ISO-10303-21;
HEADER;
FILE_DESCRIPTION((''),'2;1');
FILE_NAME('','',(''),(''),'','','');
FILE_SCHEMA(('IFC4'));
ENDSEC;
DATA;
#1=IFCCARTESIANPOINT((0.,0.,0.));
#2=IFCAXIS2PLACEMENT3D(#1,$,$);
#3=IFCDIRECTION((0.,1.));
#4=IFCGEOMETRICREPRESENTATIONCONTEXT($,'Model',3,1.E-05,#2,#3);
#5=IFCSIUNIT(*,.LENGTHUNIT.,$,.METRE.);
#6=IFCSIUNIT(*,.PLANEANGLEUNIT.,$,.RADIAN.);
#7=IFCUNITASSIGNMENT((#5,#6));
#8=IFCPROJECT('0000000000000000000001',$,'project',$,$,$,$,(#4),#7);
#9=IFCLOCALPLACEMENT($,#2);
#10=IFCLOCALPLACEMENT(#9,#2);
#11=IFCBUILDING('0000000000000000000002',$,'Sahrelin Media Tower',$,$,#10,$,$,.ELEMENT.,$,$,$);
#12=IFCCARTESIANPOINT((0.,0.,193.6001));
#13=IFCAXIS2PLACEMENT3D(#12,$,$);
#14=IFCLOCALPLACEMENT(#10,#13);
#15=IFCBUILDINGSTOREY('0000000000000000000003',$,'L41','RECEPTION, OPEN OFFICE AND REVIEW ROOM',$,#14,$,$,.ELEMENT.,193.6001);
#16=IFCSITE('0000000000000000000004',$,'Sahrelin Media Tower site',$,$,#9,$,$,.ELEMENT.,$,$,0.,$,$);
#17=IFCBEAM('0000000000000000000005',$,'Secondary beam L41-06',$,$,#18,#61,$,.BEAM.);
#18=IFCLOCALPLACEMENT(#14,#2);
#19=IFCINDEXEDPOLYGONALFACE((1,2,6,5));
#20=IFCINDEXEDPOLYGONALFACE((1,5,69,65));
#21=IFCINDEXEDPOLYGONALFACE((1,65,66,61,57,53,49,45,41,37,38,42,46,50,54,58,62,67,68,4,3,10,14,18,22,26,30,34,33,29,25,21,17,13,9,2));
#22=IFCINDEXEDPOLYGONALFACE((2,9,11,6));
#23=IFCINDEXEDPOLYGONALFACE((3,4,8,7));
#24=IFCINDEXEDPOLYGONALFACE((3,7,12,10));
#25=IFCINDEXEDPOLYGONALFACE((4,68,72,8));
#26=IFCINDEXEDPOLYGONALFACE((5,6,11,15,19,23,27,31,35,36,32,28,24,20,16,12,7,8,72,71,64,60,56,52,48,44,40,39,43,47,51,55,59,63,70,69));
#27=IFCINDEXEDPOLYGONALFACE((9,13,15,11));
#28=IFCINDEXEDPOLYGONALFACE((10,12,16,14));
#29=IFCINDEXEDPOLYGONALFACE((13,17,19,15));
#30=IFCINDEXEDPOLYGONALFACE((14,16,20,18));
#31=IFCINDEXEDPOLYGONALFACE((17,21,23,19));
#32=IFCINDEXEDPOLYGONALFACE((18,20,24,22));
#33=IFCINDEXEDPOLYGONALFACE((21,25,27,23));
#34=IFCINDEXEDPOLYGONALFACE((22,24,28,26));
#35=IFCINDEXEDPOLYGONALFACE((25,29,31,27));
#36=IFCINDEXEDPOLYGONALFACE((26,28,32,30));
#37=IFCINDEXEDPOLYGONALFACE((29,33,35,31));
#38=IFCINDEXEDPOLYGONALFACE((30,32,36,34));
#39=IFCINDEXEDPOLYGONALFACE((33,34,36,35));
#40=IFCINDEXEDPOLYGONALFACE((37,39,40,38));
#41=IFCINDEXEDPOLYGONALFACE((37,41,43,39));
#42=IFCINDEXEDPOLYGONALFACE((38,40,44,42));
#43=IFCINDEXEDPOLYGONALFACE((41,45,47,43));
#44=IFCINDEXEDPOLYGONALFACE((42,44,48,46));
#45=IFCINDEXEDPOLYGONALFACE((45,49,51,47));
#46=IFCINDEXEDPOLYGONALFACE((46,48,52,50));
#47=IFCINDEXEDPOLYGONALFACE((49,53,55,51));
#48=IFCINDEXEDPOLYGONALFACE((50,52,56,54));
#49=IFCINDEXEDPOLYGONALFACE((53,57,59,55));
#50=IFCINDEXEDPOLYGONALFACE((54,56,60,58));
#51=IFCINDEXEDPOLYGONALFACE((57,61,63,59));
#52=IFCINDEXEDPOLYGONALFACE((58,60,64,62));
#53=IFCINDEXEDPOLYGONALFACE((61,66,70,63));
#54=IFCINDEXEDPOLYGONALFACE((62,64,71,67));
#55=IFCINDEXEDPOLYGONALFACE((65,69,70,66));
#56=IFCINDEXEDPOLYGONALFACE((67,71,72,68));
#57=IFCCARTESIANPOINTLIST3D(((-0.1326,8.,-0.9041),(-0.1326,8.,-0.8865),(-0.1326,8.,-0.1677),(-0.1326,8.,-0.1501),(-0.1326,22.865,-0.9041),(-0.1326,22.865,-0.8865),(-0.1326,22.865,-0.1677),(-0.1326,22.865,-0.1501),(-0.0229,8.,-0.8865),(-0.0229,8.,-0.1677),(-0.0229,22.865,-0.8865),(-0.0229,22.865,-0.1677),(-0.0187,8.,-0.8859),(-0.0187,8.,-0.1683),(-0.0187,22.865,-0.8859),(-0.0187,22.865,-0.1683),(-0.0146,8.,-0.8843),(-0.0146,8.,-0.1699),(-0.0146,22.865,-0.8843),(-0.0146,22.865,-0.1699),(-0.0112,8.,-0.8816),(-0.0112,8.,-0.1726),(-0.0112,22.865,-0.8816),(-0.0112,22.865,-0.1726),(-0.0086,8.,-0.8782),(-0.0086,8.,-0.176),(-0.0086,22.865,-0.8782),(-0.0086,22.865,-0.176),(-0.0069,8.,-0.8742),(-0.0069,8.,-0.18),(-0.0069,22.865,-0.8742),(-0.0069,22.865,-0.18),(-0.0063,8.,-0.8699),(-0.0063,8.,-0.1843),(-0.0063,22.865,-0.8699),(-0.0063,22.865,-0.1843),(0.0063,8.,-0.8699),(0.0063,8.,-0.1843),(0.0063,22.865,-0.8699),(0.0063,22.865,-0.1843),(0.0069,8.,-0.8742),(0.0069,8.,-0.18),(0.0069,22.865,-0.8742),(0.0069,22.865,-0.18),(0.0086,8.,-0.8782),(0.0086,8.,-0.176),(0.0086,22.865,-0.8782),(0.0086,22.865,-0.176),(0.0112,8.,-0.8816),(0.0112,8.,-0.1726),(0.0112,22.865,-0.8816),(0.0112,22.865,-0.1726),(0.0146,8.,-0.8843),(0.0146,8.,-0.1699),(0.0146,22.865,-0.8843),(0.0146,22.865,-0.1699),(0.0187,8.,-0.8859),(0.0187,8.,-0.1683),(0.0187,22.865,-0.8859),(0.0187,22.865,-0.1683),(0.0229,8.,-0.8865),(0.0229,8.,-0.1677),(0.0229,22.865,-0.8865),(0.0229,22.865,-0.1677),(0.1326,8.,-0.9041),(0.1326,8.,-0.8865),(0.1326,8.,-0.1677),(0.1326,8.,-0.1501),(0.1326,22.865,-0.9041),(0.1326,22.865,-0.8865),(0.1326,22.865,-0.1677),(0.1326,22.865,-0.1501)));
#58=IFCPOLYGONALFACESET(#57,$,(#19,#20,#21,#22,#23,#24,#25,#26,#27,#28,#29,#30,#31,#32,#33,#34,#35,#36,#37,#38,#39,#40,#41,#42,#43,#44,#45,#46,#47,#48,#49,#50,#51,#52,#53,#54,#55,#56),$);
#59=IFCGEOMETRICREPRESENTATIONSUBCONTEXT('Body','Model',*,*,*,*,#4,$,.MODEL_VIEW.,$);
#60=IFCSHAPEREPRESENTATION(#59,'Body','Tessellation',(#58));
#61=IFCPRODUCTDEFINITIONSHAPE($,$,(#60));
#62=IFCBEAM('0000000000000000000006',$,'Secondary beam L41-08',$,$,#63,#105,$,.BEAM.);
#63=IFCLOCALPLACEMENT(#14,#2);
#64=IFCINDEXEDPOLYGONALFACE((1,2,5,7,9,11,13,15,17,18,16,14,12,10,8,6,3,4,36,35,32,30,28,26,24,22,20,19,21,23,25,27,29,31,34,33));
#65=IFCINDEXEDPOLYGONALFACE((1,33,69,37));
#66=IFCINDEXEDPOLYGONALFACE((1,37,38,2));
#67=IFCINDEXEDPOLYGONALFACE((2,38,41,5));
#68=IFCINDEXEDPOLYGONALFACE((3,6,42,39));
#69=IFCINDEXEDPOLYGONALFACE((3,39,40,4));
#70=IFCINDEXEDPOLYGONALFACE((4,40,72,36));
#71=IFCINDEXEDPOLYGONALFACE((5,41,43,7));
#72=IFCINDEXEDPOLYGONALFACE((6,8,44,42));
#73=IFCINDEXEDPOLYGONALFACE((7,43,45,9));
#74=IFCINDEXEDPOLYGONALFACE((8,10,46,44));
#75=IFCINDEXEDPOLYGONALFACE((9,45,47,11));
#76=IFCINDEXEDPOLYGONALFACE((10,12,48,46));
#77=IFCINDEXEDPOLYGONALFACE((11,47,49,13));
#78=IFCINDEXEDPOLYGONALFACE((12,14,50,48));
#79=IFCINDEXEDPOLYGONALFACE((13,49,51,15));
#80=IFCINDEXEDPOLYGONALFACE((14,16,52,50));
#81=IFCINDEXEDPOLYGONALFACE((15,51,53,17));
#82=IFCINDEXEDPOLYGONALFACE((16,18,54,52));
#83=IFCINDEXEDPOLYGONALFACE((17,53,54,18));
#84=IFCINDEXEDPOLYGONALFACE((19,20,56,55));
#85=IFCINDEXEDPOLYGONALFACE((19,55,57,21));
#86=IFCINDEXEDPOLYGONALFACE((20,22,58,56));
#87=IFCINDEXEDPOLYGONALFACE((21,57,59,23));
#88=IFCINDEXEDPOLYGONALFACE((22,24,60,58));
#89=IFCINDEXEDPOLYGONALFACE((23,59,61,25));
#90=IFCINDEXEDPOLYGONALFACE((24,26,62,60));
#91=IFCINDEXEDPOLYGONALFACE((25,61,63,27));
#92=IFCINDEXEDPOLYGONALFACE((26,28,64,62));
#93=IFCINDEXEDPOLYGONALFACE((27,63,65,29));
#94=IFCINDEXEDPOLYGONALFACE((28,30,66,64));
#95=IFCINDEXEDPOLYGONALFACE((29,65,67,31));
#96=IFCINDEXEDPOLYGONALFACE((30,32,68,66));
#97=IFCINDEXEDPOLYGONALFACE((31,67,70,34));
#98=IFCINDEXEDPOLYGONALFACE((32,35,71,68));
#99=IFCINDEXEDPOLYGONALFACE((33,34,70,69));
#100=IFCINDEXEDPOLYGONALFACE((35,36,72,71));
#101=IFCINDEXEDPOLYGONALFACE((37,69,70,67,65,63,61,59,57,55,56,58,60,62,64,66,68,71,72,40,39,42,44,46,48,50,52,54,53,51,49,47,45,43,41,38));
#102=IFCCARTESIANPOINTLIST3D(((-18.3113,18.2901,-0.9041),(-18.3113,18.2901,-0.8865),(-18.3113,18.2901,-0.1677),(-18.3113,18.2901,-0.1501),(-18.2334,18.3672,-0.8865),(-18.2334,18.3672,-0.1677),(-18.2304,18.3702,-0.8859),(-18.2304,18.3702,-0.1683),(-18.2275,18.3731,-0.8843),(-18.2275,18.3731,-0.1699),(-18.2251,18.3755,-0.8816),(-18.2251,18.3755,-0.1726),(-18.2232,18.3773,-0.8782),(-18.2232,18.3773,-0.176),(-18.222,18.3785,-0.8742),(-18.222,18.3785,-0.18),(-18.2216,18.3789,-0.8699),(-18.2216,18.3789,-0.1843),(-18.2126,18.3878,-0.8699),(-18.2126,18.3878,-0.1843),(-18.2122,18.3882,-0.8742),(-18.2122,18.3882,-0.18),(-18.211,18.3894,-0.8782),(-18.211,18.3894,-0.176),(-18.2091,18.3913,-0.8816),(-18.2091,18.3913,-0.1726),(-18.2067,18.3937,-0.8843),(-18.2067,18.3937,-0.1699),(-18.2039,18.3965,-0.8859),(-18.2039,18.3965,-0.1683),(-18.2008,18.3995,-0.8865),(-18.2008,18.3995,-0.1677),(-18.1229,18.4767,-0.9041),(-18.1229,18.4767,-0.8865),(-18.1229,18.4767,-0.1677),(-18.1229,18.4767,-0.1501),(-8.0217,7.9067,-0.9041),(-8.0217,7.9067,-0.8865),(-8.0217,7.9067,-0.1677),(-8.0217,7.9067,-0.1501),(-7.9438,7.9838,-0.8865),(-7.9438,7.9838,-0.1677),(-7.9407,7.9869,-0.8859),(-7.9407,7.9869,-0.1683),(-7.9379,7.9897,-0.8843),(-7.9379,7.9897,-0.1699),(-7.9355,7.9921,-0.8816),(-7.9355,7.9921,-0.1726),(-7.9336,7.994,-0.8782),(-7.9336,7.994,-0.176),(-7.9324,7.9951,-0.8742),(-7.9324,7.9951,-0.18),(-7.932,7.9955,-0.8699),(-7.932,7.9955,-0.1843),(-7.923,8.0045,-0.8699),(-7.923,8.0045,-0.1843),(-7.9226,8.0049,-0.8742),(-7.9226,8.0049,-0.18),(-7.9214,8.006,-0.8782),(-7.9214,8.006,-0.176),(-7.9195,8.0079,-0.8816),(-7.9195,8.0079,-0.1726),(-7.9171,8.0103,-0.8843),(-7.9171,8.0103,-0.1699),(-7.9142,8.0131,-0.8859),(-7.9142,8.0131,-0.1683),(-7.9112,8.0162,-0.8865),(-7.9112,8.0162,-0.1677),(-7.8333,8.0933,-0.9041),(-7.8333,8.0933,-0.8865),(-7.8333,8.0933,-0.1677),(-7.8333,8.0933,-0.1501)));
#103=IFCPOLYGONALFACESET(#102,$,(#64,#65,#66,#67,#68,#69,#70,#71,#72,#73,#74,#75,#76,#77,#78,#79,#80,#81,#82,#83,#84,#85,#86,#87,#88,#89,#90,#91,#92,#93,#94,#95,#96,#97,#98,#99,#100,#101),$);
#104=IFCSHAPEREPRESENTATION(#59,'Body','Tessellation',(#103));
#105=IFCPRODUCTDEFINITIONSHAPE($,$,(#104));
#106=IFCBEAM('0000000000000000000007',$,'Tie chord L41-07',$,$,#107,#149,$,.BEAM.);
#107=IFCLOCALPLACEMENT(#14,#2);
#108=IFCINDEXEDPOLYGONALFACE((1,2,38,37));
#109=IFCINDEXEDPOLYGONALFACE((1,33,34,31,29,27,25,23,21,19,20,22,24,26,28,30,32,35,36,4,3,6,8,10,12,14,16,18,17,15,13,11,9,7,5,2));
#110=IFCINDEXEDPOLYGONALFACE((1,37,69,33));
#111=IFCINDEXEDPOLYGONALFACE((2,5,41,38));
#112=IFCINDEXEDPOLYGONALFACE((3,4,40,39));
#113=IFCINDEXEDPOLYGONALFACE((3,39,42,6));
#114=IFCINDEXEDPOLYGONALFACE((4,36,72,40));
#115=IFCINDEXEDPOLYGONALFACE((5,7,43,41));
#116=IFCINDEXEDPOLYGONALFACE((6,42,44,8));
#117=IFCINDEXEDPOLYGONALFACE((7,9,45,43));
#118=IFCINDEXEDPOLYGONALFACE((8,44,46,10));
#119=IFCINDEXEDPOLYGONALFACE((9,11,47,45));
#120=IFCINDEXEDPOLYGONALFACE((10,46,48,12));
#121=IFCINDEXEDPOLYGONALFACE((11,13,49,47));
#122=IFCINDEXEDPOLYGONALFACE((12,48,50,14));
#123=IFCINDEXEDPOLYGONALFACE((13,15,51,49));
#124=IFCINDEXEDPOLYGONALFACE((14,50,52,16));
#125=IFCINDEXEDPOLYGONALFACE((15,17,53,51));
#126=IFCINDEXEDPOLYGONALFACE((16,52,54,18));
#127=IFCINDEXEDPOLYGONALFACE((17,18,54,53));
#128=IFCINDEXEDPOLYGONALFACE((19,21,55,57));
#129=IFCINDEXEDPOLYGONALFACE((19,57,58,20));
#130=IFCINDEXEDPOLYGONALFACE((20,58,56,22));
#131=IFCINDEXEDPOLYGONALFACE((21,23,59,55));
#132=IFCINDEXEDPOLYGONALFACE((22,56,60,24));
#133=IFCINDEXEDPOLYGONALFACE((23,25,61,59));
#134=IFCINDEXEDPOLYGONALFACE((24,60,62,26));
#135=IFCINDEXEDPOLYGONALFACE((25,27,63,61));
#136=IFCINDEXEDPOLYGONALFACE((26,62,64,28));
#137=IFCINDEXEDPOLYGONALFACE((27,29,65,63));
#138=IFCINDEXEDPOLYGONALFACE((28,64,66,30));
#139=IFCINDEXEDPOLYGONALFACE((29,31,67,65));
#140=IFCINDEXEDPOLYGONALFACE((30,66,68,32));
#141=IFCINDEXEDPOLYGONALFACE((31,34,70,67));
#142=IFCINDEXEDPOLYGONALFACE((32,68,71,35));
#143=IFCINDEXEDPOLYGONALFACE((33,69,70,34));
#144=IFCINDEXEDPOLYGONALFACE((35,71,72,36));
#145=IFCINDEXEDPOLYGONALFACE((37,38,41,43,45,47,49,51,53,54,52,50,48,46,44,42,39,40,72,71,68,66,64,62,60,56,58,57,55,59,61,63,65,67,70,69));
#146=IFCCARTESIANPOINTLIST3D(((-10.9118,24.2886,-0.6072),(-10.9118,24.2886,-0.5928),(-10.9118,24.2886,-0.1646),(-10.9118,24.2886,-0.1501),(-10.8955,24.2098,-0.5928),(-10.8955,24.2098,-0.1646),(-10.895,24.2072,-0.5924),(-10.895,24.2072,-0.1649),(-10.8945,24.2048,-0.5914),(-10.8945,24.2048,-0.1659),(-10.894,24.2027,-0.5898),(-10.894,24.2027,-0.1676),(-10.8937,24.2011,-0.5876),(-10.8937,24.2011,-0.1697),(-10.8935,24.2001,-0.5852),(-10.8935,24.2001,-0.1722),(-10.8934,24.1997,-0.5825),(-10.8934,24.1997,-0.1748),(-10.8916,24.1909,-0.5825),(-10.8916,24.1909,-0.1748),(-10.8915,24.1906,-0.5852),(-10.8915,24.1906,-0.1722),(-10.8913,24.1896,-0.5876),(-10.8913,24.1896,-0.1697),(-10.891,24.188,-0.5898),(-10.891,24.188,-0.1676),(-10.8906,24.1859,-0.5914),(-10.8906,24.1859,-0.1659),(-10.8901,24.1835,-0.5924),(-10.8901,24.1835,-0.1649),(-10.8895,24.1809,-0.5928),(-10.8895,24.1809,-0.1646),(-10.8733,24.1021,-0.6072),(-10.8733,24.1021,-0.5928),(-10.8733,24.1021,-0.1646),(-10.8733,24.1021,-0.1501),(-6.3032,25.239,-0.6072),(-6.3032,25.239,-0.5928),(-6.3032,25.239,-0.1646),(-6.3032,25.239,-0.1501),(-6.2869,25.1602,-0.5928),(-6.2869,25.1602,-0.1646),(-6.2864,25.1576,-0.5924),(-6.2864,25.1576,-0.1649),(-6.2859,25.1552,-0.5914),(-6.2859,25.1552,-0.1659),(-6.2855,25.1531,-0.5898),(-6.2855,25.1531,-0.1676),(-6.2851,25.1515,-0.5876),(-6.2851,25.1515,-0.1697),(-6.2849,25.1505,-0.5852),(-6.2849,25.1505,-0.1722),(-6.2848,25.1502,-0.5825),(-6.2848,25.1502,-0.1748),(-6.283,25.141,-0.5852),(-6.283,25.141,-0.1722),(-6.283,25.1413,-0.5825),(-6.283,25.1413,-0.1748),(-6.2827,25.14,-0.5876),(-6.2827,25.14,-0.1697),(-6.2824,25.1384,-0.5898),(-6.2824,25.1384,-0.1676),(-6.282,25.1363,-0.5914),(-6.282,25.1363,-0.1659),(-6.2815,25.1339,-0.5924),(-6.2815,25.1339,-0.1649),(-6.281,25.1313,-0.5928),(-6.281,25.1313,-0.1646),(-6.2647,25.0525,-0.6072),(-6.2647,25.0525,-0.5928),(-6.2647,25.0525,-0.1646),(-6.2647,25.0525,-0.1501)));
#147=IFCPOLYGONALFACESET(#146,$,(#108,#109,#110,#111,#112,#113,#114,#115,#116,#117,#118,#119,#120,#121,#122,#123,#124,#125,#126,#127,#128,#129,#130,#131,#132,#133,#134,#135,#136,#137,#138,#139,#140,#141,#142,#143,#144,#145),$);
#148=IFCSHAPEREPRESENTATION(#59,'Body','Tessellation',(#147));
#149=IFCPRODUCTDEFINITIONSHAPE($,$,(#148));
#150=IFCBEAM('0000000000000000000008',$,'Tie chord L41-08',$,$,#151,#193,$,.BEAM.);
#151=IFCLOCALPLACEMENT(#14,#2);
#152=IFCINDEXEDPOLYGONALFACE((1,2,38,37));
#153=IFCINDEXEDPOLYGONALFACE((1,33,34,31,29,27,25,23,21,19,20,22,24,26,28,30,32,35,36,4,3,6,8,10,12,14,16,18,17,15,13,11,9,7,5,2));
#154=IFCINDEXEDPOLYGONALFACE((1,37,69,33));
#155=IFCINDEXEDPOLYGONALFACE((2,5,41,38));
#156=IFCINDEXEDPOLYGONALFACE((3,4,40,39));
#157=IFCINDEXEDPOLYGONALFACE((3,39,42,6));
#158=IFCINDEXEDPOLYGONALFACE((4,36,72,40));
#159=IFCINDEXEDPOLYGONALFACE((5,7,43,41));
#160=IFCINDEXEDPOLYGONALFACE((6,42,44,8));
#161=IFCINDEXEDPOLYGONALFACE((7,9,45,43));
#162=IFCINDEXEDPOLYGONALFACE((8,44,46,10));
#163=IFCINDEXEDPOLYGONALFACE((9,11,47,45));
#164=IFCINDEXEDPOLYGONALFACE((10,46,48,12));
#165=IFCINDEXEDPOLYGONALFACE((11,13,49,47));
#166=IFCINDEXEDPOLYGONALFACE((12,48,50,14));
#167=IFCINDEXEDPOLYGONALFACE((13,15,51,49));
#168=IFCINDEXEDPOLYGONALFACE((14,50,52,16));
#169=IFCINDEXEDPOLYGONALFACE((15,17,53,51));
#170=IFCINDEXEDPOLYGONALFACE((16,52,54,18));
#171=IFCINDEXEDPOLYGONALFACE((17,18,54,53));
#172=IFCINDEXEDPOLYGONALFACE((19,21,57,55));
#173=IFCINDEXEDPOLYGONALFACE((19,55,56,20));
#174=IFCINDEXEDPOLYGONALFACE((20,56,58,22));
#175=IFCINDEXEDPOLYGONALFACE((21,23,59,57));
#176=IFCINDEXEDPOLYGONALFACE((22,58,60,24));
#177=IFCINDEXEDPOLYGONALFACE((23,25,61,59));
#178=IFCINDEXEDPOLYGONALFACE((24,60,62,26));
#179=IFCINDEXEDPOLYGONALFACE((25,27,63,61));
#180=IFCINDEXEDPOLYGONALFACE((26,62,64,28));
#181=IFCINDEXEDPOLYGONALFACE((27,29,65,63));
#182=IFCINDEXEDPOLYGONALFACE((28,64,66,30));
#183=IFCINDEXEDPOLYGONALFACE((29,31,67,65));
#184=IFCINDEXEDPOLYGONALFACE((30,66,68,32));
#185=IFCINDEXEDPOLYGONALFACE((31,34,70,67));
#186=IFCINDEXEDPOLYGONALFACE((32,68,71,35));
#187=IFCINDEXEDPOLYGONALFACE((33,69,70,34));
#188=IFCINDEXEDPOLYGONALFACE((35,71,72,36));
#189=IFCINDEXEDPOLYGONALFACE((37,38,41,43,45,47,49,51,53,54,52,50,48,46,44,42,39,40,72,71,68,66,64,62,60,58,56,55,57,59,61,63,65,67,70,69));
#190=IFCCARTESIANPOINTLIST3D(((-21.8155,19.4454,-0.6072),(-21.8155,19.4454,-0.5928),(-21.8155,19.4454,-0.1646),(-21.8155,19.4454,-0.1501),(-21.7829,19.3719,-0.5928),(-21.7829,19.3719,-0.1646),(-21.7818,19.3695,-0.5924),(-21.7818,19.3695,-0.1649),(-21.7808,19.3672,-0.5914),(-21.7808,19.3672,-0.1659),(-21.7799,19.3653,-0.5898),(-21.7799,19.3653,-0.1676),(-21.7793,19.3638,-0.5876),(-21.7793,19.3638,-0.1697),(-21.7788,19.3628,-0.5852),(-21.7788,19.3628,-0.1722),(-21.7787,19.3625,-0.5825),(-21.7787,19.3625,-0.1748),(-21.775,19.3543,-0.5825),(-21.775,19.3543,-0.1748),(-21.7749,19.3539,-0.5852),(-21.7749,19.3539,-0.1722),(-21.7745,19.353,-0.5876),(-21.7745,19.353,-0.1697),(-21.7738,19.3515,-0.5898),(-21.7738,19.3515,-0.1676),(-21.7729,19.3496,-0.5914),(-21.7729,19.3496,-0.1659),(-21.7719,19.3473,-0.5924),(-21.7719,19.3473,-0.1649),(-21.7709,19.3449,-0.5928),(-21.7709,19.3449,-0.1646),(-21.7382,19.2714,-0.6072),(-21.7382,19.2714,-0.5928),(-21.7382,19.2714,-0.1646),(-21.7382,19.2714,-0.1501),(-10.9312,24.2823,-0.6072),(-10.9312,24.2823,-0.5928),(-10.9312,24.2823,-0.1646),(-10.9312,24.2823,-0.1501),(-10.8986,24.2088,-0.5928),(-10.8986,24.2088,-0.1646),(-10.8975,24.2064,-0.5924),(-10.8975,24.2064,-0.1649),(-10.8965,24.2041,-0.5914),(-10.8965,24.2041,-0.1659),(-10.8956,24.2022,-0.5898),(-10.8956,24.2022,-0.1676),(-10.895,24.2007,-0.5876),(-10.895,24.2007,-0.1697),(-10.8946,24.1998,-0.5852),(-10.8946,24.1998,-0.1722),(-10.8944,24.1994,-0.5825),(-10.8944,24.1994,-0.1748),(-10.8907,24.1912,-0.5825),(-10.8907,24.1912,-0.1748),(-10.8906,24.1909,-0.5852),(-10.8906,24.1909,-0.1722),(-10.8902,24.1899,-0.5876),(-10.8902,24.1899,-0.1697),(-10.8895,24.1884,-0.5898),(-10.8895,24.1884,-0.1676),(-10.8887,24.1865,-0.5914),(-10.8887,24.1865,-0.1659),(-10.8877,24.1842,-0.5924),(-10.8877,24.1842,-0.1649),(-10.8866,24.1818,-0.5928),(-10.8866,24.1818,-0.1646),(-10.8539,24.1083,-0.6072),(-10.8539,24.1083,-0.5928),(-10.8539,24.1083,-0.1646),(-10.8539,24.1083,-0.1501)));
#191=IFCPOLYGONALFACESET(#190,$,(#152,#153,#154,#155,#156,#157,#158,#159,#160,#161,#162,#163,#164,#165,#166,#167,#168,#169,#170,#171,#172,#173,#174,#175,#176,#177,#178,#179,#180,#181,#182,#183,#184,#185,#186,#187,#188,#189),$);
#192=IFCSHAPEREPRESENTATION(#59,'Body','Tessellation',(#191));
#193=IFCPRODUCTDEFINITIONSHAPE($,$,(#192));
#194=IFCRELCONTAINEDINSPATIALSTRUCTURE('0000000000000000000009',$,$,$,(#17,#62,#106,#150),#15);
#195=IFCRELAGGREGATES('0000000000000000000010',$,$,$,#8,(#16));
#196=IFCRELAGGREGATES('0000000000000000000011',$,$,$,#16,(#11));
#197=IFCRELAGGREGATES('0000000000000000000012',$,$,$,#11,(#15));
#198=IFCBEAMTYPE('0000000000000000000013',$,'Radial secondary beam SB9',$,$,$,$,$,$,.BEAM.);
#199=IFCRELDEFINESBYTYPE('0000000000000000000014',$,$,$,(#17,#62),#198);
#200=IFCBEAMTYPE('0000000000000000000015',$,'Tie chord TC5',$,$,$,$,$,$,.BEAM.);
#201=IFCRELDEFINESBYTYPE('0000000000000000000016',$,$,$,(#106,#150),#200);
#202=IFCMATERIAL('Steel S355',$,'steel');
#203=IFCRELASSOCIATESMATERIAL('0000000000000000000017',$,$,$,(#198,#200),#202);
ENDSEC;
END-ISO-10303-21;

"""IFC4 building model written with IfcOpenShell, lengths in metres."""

from ifc_helpers import new_model, si_unit, direction, frame, origin, origin_2d, place, context, subcontext, project, spatial, i_section, extrude, material, material_profile, profile_set, type_object, element, save


model = new_model("IFC4")

# Units and contexts
model_context = context("Model", 3, precision=1e-05, world=origin(), true_north=direction((0.0, 1.0)))
body_context = subcontext(model_context, "Body", "Model", "MODEL_VIEW")
ifc_project = project(units=[si_unit("LENGTHUNIT", "METRE"), si_unit("PLANEANGLEUNIT", "RADIAN")], contexts=[model_context])

# Site, building, storey
site_placement = place(None, origin())
site = spatial("IfcSite", under=ifc_project, at=site_placement, Name="Sahrelin Media Tower site", CompositionType="ELEMENT", RefElevation=0.0)
building_placement = place(site_placement, origin())
building = spatial("IfcBuilding", under=site, at=building_placement, Name="Sahrelin Media Tower", CompositionType="ELEMENT")
storey_placement = place(building_placement, frame((0.0, 0.0, 193.6001)))
storey = spatial("IfcBuildingStorey", under=building, at=storey_placement, Name="L41", Description="RECEPTION, OPEN OFFICE AND REVIEW ROOM", CompositionType="ELEMENT", Elevation=193.6001)

# Shared definitions
ifc_material_1 = material(Name="Steel S355", Category="steel")

# Beams
ifc_material_profile_1 = material_profile(ifc_material_1, i_section(OverallWidth=0.2651, OverallDepth=0.7539, WebThickness=0.0127, FlangeThickness=0.0176, FilletRadius=0.0166, at=origin_2d()), Name="UB 762x267x147")
ifc_profile_set_1 = profile_set([ifc_material_profile_1], Name="Steel S355")
beam_type_1 = type_object("IfcBeamType", Name="Radial secondary beam SB9", PredefinedType="BEAM", material=ifc_profile_set_1)
beam_1_placement = place(storey_placement, frame((0.0, 8.0, -0.5271), z_axis=(0.0, 1.0, 0.0), x_axis=(-1.0, 0.0, 0.0)))
element("IfcBeam", 1, at=beam_1_placement, inside=storey, type_object=beam_type_1, Name="Secondary beam L41-06", PredefinedType="BEAM", context=body_context, shape_type="SweptSolid", body=[
    extrude(i_section(OverallWidth=0.2651, OverallDepth=0.7539, WebThickness=0.0127, FlangeThickness=0.0176, FilletRadius=0.0166, at=origin_2d()), origin(), (0.0, 0.0, 1.0), 14.865),
])
beam_2_placement = place(storey_placement, frame((-7.9275, 8.0, -0.5271), z_axis=(-0.703893, 0.710306, 0.0), x_axis=(-0.710306, -0.703893, 0.0)))
element("IfcBeam", 2, at=beam_2_placement, inside=storey, type_object=beam_type_1, Name="Secondary beam L41-08", PredefinedType="BEAM", context=body_context, shape_type="SweptSolid", body=[
    extrude(i_section(OverallWidth=0.2651, OverallDepth=0.7539, WebThickness=0.0127, FlangeThickness=0.0176, FilletRadius=0.0166, at=origin_2d()), origin(), (0.0, 0.0, 1.0), 14.6182),
])
ifc_material_profile_2 = material_profile(ifc_material_1, i_section(OverallWidth=0.1904, OverallDepth=0.457, WebThickness=0.009, FlangeThickness=0.0144, FilletRadius=0.0103, at=origin_2d()), Name="UB 457x191x74")
ifc_profile_set_2 = profile_set([ifc_material_profile_2], Name="Steel S355")
beam_type_2 = type_object("IfcBeamType", Name="Tie chord TC5", PredefinedType="BEAM", material=ifc_profile_set_2)
beam_3_placement = place(storey_placement, frame((-6.2839, 25.1458, -0.3787), z_axis=(-0.97939, -0.201979, 0.0), x_axis=(0.201979, -0.97939, 0.0)))
element("IfcBeam", 3, at=beam_3_placement, inside=storey, type_object=beam_type_2, Name="Tie chord L41-07", PredefinedType="BEAM", context=body_context, shape_type="SweptSolid", body=[
    extrude(i_section(OverallWidth=0.1904, OverallDepth=0.457, WebThickness=0.009, FlangeThickness=0.0144, FilletRadius=0.0103, at=origin_2d()), origin(), (0.0, 0.0, 1.0), 4.7056),
])
beam_4_placement = place(storey_placement, frame((-10.8926, 24.1953, -0.3787), z_axis=(-0.913828, -0.4061, 0.0), x_axis=(0.4061, -0.913828, 0.0)))
element("IfcBeam", 4, at=beam_4_placement, inside=storey, type_object=beam_type_2, Name="Tie chord L41-08", PredefinedType="BEAM", context=body_context, shape_type="SweptSolid", body=[
    extrude(i_section(OverallWidth=0.1904, OverallDepth=0.457, WebThickness=0.009, FlangeThickness=0.0144, FilletRadius=0.0103, at=origin_2d()), origin(), (0.0, 0.0, 1.0), 11.9106),
])

save(model, "model.ifc")
